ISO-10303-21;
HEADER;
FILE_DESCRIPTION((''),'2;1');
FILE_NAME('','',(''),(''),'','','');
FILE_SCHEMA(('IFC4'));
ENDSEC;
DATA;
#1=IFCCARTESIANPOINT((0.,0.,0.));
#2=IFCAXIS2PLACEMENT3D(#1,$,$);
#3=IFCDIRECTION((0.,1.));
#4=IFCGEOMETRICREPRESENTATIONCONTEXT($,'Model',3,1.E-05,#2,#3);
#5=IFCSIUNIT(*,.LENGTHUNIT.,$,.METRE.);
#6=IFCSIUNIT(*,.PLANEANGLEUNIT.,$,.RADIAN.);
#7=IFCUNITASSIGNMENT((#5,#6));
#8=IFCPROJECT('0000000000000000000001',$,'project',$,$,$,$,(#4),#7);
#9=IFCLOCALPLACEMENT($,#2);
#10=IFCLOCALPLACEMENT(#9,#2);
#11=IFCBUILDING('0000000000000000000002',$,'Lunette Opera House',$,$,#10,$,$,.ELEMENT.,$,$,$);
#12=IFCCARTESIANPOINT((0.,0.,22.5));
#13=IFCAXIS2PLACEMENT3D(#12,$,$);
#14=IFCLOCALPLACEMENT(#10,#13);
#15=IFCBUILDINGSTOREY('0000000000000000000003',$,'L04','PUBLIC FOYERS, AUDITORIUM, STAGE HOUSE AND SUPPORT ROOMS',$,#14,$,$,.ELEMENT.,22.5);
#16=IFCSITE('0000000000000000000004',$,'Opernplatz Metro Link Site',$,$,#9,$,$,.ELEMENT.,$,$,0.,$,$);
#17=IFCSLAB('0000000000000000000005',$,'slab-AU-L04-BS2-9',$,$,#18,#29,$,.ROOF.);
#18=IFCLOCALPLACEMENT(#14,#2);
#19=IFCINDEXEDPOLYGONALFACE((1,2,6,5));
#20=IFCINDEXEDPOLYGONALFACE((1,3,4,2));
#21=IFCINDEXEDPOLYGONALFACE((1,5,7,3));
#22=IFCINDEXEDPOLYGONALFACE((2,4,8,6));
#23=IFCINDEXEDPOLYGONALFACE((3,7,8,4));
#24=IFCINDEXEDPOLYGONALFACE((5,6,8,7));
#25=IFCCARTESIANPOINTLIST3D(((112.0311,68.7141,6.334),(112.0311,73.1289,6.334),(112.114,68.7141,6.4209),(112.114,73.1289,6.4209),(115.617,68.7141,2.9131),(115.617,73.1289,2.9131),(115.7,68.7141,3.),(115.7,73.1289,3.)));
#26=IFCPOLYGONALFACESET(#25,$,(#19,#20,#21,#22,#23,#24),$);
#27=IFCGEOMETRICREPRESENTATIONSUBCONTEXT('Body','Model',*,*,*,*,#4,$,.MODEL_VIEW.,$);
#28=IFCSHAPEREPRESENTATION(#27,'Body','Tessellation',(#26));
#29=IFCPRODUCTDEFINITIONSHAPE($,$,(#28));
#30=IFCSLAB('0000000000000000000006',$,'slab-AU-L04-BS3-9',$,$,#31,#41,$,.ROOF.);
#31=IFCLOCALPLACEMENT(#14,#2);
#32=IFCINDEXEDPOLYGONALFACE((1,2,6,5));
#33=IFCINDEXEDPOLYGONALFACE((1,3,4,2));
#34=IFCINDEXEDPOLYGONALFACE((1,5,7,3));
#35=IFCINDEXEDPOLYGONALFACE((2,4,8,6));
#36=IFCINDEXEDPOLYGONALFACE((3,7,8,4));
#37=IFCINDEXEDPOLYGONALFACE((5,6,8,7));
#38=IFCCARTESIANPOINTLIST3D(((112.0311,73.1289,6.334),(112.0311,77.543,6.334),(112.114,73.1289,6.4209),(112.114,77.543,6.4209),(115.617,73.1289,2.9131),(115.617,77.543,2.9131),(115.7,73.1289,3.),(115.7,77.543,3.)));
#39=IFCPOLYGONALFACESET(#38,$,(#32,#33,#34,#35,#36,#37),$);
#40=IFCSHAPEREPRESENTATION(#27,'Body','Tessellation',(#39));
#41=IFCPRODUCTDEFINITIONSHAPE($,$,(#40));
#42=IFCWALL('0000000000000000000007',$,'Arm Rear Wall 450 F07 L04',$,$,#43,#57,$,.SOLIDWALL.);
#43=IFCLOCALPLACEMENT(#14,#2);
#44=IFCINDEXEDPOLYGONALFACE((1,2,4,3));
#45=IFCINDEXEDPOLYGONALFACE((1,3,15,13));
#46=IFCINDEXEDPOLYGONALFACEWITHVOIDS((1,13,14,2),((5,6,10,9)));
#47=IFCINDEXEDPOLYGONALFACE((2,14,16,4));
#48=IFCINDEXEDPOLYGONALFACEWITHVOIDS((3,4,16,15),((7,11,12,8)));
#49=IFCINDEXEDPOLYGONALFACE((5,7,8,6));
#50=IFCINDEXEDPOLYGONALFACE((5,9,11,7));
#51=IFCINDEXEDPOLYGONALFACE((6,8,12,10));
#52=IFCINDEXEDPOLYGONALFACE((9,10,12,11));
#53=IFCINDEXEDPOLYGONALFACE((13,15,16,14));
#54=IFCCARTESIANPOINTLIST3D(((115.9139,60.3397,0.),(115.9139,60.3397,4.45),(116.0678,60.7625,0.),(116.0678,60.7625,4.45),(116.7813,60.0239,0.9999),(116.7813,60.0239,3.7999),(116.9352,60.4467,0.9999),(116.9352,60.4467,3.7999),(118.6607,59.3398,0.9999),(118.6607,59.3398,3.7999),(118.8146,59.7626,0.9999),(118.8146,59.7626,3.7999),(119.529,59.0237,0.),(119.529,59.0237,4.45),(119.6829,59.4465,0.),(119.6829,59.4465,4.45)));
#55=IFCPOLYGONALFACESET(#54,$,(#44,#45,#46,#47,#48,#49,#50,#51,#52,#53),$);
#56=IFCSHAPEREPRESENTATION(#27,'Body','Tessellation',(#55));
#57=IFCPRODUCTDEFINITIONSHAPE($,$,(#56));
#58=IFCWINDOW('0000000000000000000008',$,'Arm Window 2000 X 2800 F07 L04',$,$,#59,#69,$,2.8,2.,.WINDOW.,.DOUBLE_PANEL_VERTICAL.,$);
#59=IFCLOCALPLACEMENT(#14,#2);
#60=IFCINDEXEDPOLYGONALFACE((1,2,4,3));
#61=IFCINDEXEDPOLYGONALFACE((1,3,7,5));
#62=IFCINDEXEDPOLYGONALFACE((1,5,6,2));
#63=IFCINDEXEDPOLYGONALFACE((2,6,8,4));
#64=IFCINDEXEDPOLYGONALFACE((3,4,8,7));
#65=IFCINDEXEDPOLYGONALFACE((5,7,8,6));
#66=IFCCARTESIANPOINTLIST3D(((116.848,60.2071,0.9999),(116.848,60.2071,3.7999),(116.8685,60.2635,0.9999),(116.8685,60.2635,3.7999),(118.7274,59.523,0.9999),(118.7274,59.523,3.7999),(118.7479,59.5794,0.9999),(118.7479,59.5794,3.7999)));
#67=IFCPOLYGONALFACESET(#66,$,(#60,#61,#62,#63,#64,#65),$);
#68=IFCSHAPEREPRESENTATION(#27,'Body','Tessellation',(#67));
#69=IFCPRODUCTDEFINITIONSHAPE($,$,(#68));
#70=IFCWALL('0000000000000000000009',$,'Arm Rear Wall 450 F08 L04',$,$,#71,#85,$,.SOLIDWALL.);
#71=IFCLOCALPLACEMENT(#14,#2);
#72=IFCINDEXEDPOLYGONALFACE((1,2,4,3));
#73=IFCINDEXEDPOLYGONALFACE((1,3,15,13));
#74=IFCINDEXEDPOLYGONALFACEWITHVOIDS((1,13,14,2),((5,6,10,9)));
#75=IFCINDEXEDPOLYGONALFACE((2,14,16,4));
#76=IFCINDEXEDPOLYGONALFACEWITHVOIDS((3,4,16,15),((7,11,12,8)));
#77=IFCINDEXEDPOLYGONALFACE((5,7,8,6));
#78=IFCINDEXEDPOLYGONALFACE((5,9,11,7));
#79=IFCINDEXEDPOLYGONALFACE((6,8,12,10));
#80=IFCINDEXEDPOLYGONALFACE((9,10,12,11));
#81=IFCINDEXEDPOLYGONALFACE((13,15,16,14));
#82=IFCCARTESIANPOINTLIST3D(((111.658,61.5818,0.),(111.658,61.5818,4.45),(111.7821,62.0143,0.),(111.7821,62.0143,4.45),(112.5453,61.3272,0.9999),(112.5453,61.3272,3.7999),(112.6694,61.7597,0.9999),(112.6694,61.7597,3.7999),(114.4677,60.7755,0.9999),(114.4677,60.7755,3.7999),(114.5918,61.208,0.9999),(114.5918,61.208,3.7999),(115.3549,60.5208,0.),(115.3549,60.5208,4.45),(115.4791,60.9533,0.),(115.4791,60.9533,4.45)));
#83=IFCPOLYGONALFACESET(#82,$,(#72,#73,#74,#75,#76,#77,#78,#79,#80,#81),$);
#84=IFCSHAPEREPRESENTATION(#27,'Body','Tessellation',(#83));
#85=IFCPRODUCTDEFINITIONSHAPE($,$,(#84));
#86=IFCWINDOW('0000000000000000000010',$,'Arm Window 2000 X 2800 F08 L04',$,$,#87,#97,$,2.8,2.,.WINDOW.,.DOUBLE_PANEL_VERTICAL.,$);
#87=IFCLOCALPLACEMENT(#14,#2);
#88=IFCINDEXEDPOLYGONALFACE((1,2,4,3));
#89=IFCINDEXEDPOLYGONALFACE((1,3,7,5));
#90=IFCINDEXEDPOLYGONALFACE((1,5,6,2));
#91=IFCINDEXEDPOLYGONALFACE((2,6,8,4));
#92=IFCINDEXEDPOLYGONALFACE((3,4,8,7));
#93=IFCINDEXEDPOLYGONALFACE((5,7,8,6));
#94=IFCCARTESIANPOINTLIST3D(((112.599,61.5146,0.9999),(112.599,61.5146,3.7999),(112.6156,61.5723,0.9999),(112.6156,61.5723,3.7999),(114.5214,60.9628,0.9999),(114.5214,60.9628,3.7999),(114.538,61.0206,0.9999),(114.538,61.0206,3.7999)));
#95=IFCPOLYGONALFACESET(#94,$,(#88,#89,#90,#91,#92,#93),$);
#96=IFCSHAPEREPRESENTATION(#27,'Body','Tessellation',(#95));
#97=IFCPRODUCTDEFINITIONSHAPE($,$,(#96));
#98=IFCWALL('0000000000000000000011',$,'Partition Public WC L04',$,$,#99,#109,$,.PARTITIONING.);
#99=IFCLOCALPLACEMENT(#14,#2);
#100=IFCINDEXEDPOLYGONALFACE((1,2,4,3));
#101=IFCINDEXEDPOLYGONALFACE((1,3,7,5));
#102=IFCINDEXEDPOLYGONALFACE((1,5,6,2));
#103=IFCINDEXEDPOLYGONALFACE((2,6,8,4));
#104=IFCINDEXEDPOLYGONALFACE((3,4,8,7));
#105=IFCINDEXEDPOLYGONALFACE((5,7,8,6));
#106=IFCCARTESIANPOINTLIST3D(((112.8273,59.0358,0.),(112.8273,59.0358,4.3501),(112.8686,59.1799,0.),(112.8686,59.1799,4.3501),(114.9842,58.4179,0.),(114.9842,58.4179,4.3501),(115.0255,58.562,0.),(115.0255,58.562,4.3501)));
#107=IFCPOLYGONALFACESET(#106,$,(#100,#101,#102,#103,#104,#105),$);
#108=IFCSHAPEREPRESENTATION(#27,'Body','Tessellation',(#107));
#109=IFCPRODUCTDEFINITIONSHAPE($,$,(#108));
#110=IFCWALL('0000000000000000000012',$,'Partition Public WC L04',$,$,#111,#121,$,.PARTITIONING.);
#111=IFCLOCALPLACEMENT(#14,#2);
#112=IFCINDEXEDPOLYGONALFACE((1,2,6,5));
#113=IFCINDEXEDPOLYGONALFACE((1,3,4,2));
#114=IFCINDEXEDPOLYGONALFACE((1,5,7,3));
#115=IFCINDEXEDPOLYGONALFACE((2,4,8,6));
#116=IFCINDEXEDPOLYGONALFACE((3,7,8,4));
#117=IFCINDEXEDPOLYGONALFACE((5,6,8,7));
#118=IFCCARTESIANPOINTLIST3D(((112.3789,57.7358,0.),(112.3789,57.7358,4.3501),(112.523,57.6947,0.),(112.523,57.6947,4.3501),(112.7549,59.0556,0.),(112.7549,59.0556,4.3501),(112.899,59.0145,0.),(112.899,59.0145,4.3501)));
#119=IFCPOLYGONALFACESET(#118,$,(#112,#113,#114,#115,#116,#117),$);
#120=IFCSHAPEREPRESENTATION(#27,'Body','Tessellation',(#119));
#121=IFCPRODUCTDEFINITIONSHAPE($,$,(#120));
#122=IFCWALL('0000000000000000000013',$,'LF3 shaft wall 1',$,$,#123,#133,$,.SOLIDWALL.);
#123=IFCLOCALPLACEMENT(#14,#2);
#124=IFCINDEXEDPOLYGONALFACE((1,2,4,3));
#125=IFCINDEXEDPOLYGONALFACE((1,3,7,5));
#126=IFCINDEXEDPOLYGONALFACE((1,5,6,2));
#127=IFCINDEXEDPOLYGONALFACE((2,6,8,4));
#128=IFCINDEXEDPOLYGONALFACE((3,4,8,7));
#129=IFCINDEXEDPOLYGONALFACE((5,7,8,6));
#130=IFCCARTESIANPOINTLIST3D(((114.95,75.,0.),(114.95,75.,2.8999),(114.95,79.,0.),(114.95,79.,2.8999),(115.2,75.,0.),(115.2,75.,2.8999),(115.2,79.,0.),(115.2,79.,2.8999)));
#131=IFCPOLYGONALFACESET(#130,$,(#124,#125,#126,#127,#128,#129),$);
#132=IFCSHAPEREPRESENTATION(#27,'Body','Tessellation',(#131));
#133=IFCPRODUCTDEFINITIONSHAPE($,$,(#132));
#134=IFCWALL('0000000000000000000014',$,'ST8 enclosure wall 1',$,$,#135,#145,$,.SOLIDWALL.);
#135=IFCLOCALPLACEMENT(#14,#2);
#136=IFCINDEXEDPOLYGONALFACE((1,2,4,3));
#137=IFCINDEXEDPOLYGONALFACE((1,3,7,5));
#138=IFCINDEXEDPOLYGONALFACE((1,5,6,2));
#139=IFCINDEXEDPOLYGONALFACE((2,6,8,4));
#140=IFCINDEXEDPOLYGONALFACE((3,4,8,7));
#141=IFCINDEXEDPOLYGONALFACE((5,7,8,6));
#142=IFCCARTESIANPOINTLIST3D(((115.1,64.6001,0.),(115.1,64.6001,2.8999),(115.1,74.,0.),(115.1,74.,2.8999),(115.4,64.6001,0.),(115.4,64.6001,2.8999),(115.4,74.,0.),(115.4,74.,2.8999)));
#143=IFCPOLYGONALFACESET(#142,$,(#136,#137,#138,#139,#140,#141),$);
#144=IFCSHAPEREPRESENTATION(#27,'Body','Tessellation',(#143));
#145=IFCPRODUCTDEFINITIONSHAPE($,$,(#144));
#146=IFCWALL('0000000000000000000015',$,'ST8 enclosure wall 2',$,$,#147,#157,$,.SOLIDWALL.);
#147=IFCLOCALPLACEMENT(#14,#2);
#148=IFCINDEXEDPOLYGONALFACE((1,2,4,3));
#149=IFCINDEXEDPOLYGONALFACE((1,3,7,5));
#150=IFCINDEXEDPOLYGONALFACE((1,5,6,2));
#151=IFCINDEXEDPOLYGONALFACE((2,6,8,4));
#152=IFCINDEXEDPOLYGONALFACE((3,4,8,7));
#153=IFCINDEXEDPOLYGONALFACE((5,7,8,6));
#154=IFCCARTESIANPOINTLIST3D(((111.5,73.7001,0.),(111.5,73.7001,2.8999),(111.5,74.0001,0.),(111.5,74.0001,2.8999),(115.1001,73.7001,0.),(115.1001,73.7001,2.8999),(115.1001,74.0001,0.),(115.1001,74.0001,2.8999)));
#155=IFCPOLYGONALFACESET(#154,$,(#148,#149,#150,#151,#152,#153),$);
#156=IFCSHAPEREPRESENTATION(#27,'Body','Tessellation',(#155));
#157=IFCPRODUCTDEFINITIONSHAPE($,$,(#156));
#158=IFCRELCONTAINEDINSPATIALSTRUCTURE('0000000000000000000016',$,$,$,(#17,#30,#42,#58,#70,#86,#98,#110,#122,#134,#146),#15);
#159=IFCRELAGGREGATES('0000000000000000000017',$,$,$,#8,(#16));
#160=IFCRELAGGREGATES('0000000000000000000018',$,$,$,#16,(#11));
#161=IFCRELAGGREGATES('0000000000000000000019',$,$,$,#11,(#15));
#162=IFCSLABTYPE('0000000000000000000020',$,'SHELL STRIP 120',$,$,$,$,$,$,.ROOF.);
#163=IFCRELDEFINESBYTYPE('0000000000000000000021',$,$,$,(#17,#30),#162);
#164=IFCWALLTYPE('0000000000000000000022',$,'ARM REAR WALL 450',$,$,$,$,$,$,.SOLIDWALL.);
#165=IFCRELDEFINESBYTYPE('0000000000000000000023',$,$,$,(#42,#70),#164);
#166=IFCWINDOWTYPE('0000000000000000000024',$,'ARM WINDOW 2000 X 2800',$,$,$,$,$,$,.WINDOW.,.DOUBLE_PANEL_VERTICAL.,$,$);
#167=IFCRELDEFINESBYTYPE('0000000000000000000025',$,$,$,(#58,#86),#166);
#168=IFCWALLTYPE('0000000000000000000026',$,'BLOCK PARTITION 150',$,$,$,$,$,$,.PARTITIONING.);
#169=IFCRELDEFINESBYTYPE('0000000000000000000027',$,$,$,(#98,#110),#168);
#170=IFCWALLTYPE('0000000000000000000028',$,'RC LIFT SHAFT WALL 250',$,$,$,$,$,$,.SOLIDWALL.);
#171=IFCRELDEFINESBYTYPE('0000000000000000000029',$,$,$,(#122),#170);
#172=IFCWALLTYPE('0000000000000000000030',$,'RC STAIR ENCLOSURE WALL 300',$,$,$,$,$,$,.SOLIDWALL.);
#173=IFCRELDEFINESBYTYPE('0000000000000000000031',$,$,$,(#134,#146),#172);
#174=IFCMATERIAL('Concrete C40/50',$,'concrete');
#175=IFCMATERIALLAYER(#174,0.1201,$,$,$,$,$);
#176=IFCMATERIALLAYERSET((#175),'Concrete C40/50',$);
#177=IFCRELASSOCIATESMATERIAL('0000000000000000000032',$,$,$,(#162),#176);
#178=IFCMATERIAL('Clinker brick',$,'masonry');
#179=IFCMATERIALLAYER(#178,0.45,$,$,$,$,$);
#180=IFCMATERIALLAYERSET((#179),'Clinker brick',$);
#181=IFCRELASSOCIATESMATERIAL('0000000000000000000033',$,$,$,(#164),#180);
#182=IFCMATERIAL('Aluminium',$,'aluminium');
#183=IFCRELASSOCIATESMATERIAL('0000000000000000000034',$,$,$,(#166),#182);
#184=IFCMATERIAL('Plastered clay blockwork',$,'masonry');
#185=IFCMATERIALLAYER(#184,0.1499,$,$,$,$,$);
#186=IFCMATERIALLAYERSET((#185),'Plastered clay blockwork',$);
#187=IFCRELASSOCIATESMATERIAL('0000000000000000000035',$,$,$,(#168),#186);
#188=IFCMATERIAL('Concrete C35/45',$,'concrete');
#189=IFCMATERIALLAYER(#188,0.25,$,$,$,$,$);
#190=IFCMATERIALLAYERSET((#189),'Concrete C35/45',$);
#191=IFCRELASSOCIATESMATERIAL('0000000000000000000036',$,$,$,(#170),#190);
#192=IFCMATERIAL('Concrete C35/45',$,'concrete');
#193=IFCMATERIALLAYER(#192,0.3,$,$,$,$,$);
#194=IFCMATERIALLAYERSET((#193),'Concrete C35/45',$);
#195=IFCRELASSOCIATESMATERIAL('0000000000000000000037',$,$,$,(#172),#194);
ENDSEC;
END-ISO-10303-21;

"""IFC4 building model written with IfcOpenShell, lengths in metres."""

from ifc_helpers import new_model, si_unit, direction, frame, frame_2d, origin, place, context, subcontext, project, spatial, polyline, rectangle, outline, extrude, material, layer, layer_set, type_object, element, fill, save


model = new_model("IFC4")

# Units and contexts
model_context = context("Model", 3, precision=1e-05, world=origin(), true_north=direction((0.0, 1.0)))
body_context = subcontext(model_context, "Body", "Model", "MODEL_VIEW")
ifc_project = project(units=[si_unit("LENGTHUNIT", "METRE"), si_unit("PLANEANGLEUNIT", "RADIAN")], contexts=[model_context])

# Site, building, storey
site_placement = place(None, origin())
site = spatial("IfcSite", under=ifc_project, at=site_placement, Name="Opernplatz Metro Link Site", CompositionType="ELEMENT", RefElevation=0.0)
building_placement = place(site_placement, origin())
building = spatial("IfcBuilding", under=site, at=building_placement, Name="Lunette Opera House", CompositionType="ELEMENT")
storey_placement = place(building_placement, frame((0.0, 0.0, 22.5)))
storey = spatial("IfcBuildingStorey", under=building, at=storey_placement, Name="L04", Description="PUBLIC FOYERS, AUDITORIUM, STAGE HOUSE AND SUPPORT ROOMS", CompositionType="ELEMENT", Elevation=22.5)

# Slabs
ifc_material_1 = material(Name="Concrete C40/50", Category="concrete")
ifc_layer_1 = layer(ifc_material_1, 0.1201)
ifc_layer_set_1 = layer_set([ifc_layer_1], Name="Concrete C40/50")
slab_type = type_object("IfcSlabType", Name="SHELL STRIP 120", PredefinedType="ROOF", material=ifc_layer_set_1)
slab_1_placement = place(storey_placement, frame((112.114, 68.7141, 6.4209), z_axis=(0.69026, 0.0, 0.723561), x_axis=(0.723561, 0.0, -0.69026)))
element("IfcSlab", 1, at=slab_1_placement, inside=storey, type_object=slab_type, Name="slab-AU-L04-BS2-9", PredefinedType="ROOF", context=body_context, shape_type="SweptSolid", body=[
    extrude(outline(polyline([(0.0, 0.0), (4.956, 0.0), (4.956, 4.4148), (0.0, 4.4148), (0.0, 0.0)])), origin(), (0.0, 0.0, -1.0), 0.1201),
])
slab_2_placement = place(storey_placement, frame((112.114, 73.1289, 6.4209), z_axis=(0.69026, 0.0, 0.723561), x_axis=(0.723561, 0.0, -0.69026)))
element("IfcSlab", 2, at=slab_2_placement, inside=storey, type_object=slab_type, Name="slab-AU-L04-BS3-9", PredefinedType="ROOF", context=body_context, shape_type="SweptSolid", body=[
    extrude(outline(polyline([(0.0, 0.0), (4.956, 0.0), (4.956, 4.4141), (0.0, 4.4141), (0.0, 0.0)])), origin(), (0.0, 0.0, -1.0), 0.1201),
])

# Walls, openings, windows
ifc_material_2 = material(Name="Clinker brick", Category="masonry")
ifc_layer_2 = layer(ifc_material_2, 0.45)
ifc_layer_set_2 = layer_set([ifc_layer_2], Name="Clinker brick")
wall_type_1 = type_object("IfcWallType", Name="ARM REAR WALL 450", PredefinedType="SOLIDWALL", material=ifc_layer_set_2)
wall_1_placement = place(storey_placement, frame((119.606, 59.2351, 0.0), z_axis=(0.0, 0.0, 1.0), x_axis=(-0.939678, 0.342059, 0.0)))
wall_1 = element("IfcWall", 3, at=wall_1_placement, inside=storey, type_object=wall_type_1, Name="Arm Rear Wall 450 F07 L04", PredefinedType="SOLIDWALL", context=body_context, shape_type="SweptSolid", body=[
    extrude(rectangle(XDim=3.8472, YDim=0.45, at=frame_2d((1.9236, 0.0))), origin(), (0.0, 0.0, 1.0), 4.45),
])
opening_1_placement = place(wall_1_placement, frame((0.9241, 0.0, 1.0)))
opening_1 = element("IfcOpeningElement", 4, at=opening_1_placement, cuts=wall_1, PredefinedType="OPENING", context=body_context, shape_type="SweptSolid", body=[
    extrude(rectangle(XDim=2.0, YDim=2.8, at=frame_2d((1.0, 1.3999))), frame((0.0, 0.2371, 0.0), z_axis=(0.0, -1.0, 0.0), x_axis=(1.0, 0.0, 0.0)), (0.0, 0.0, 1.0), 0.4739),
])
ifc_material_3 = material(Name="Aluminium", Category="aluminium")
window_type_1 = type_object("IfcWindowType", Name="ARM WINDOW 2000 X 2800", PartitioningType="DOUBLE_PANEL_VERTICAL", PredefinedType="WINDOW", material=ifc_material_3)
window_1_placement = place(opening_1_placement, origin())
window_1 = element("IfcWindow", 5, at=window_1_placement, inside=storey, type_object=window_type_1, Name="Arm Window 2000 X 2800 F07 L04", OverallHeight=2.8, OverallWidth=2.0, PartitioningType="DOUBLE_PANEL_VERTICAL", PredefinedType="WINDOW", context=body_context, shape_type="SweptSolid", body=[
    extrude(rectangle(XDim=2.0, YDim=2.8, at=frame_2d((1.0, 1.3999))), frame((0.0, 0.03, 0.0), z_axis=(0.0, -1.0, 0.0), x_axis=(1.0, 0.0, 0.0)), (0.0, 0.0, 1.0), 0.0601),
])
fill(opening_1, window_1)
wall_2_placement = place(storey_placement, frame((115.417, 60.7371, 0.0), z_axis=(0.0, 0.0, 1.0), x_axis=(-0.961198, 0.275861, 0.0)))
wall_2 = element("IfcWall", 6, at=wall_2_placement, inside=storey, type_object=wall_type_1, Name="Arm Rear Wall 450 F08 L04", PredefinedType="SOLIDWALL", context=body_context, shape_type="SweptSolid", body=[
    extrude(rectangle(XDim=3.8462, YDim=0.45, at=frame_2d((1.9231, 0.0))), origin(), (0.0, 0.0, 1.0), 4.45),
])
opening_2_placement = place(wall_2_placement, frame((0.9231, 0.0, 1.0)))
opening_2 = element("IfcOpeningElement", 7, at=opening_2_placement, cuts=wall_2, PredefinedType="OPENING", context=body_context, shape_type="SweptSolid", body=[
    extrude(rectangle(XDim=2.0, YDim=2.8, at=frame_2d((1.0, 1.3999))), frame((0.0, 0.2371, 0.0), z_axis=(0.0, -1.0, 0.0), x_axis=(1.0, 0.0, 0.0)), (0.0, 0.0, 1.0), 0.4739),
])
window_2_placement = place(opening_2_placement, origin())
window_2 = element("IfcWindow", 8, at=window_2_placement, inside=storey, type_object=window_type_1, Name="Arm Window 2000 X 2800 F08 L04", OverallHeight=2.8, OverallWidth=2.0, PartitioningType="DOUBLE_PANEL_VERTICAL", PredefinedType="WINDOW", context=body_context, shape_type="SweptSolid", body=[
    extrude(rectangle(XDim=2.0, YDim=2.8, at=frame_2d((1.0, 1.3999))), frame((0.0, 0.03, 0.0), z_axis=(0.0, -1.0, 0.0), x_axis=(1.0, 0.0, 0.0)), (0.0, 0.0, 1.0), 0.0601),
])
fill(opening_2, window_2)

# Walls
ifc_material_4 = material(Name="Plastered clay blockwork", Category="masonry")
ifc_layer_3 = layer(ifc_material_4, 0.1499)
ifc_layer_set_3 = layer_set([ifc_layer_3], Name="Plastered clay blockwork")
wall_type_2 = type_object("IfcWallType", Name="BLOCK PARTITION 150", PredefinedType="PARTITIONING", material=ifc_layer_set_3)
wall_3_placement = place(storey_placement, frame((115.0049, 58.49, 0.0), z_axis=(0.0, 0.0, 1.0), x_axis=(-0.961331, 0.275396, 0.0)))
element("IfcWall", 9, at=wall_3_placement, inside=storey, type_object=wall_type_2, Name="Partition Public WC L04", PredefinedType="PARTITIONING", context=body_context, shape_type="SweptSolid", body=[
    extrude(rectangle(XDim=2.2437, YDim=0.1499, at=frame_2d((1.1218, 0.0))), origin(), (0.0, 0.0, 1.0), 4.3501),
])
wall_4_placement = place(storey_placement, frame((112.8269, 59.0349, 0.0), z_axis=(0.0, 0.0, 1.0), x_axis=(-0.273969, -0.961738, 0.0)))
element("IfcWall", 10, at=wall_4_placement, inside=storey, type_object=wall_type_2, Name="Partition Public WC L04", PredefinedType="PARTITIONING", context=body_context, shape_type="SweptSolid", body=[
    extrude(rectangle(XDim=1.3723, YDim=0.1499, at=frame_2d((0.686, 0.0))), origin(), (0.0, 0.0, 1.0), 4.3501),
])
ifc_material_5 = material(Name="Concrete C35/45", Category="concrete")
ifc_layer_4 = layer(ifc_material_5, 0.25)
ifc_layer_set_4 = layer_set([ifc_layer_4], Name="Concrete C35/45")
wall_type_3 = type_object("IfcWallType", Name="RC LIFT SHAFT WALL 250", PredefinedType="SOLIDWALL", material=ifc_layer_set_4)
wall_5_placement = place(storey_placement, frame((115.075, 75.0, 0.0), z_axis=(0.0, 0.0, 1.0), x_axis=(0.0, 1.0, 0.0)))
element("IfcWall", 11, at=wall_5_placement, inside=storey, type_object=wall_type_3, Name="LF3 shaft wall 1", PredefinedType="SOLIDWALL", context=body_context, shape_type="SweptSolid", body=[
    extrude(rectangle(XDim=4.0, YDim=0.25, at=frame_2d((2.0, 0.0))), origin(), (0.0, 0.0, 1.0), 2.8999),
])
ifc_material_6 = material(Name="Concrete C35/45", Category="concrete")
ifc_layer_5 = layer(ifc_material_6, 0.3)
ifc_layer_set_5 = layer_set([ifc_layer_5], Name="Concrete C35/45")
wall_type_4 = type_object("IfcWallType", Name="RC STAIR ENCLOSURE WALL 300", PredefinedType="SOLIDWALL", material=ifc_layer_set_5)
wall_6_placement = place(storey_placement, frame((115.25, 64.6001, 0.0), z_axis=(0.0, 0.0, 1.0), x_axis=(0.0, 1.0, 0.0)))
element("IfcWall", 12, at=wall_6_placement, inside=storey, type_object=wall_type_4, Name="ST8 enclosure wall 1", PredefinedType="SOLIDWALL", context=body_context, shape_type="SweptSolid", body=[
    extrude(rectangle(XDim=9.3999, YDim=0.3, at=frame_2d((4.7, 0.0))), origin(), (0.0, 0.0, 1.0), 2.8999),
])
wall_7_placement = place(storey_placement, frame((115.1001, 73.8501, 0.0), z_axis=(0.0, 0.0, 1.0), x_axis=(-1.0, 0.0, 0.0)))
element("IfcWall", 13, at=wall_7_placement, inside=storey, type_object=wall_type_4, Name="ST8 enclosure wall 2", PredefinedType="SOLIDWALL", context=body_context, shape_type="SweptSolid", body=[
    extrude(rectangle(XDim=3.6001, YDim=0.3, at=frame_2d((1.8, 0.0))), origin(), (0.0, 0.0, 1.0), 2.8999),
])

save(model, "model.ifc")
